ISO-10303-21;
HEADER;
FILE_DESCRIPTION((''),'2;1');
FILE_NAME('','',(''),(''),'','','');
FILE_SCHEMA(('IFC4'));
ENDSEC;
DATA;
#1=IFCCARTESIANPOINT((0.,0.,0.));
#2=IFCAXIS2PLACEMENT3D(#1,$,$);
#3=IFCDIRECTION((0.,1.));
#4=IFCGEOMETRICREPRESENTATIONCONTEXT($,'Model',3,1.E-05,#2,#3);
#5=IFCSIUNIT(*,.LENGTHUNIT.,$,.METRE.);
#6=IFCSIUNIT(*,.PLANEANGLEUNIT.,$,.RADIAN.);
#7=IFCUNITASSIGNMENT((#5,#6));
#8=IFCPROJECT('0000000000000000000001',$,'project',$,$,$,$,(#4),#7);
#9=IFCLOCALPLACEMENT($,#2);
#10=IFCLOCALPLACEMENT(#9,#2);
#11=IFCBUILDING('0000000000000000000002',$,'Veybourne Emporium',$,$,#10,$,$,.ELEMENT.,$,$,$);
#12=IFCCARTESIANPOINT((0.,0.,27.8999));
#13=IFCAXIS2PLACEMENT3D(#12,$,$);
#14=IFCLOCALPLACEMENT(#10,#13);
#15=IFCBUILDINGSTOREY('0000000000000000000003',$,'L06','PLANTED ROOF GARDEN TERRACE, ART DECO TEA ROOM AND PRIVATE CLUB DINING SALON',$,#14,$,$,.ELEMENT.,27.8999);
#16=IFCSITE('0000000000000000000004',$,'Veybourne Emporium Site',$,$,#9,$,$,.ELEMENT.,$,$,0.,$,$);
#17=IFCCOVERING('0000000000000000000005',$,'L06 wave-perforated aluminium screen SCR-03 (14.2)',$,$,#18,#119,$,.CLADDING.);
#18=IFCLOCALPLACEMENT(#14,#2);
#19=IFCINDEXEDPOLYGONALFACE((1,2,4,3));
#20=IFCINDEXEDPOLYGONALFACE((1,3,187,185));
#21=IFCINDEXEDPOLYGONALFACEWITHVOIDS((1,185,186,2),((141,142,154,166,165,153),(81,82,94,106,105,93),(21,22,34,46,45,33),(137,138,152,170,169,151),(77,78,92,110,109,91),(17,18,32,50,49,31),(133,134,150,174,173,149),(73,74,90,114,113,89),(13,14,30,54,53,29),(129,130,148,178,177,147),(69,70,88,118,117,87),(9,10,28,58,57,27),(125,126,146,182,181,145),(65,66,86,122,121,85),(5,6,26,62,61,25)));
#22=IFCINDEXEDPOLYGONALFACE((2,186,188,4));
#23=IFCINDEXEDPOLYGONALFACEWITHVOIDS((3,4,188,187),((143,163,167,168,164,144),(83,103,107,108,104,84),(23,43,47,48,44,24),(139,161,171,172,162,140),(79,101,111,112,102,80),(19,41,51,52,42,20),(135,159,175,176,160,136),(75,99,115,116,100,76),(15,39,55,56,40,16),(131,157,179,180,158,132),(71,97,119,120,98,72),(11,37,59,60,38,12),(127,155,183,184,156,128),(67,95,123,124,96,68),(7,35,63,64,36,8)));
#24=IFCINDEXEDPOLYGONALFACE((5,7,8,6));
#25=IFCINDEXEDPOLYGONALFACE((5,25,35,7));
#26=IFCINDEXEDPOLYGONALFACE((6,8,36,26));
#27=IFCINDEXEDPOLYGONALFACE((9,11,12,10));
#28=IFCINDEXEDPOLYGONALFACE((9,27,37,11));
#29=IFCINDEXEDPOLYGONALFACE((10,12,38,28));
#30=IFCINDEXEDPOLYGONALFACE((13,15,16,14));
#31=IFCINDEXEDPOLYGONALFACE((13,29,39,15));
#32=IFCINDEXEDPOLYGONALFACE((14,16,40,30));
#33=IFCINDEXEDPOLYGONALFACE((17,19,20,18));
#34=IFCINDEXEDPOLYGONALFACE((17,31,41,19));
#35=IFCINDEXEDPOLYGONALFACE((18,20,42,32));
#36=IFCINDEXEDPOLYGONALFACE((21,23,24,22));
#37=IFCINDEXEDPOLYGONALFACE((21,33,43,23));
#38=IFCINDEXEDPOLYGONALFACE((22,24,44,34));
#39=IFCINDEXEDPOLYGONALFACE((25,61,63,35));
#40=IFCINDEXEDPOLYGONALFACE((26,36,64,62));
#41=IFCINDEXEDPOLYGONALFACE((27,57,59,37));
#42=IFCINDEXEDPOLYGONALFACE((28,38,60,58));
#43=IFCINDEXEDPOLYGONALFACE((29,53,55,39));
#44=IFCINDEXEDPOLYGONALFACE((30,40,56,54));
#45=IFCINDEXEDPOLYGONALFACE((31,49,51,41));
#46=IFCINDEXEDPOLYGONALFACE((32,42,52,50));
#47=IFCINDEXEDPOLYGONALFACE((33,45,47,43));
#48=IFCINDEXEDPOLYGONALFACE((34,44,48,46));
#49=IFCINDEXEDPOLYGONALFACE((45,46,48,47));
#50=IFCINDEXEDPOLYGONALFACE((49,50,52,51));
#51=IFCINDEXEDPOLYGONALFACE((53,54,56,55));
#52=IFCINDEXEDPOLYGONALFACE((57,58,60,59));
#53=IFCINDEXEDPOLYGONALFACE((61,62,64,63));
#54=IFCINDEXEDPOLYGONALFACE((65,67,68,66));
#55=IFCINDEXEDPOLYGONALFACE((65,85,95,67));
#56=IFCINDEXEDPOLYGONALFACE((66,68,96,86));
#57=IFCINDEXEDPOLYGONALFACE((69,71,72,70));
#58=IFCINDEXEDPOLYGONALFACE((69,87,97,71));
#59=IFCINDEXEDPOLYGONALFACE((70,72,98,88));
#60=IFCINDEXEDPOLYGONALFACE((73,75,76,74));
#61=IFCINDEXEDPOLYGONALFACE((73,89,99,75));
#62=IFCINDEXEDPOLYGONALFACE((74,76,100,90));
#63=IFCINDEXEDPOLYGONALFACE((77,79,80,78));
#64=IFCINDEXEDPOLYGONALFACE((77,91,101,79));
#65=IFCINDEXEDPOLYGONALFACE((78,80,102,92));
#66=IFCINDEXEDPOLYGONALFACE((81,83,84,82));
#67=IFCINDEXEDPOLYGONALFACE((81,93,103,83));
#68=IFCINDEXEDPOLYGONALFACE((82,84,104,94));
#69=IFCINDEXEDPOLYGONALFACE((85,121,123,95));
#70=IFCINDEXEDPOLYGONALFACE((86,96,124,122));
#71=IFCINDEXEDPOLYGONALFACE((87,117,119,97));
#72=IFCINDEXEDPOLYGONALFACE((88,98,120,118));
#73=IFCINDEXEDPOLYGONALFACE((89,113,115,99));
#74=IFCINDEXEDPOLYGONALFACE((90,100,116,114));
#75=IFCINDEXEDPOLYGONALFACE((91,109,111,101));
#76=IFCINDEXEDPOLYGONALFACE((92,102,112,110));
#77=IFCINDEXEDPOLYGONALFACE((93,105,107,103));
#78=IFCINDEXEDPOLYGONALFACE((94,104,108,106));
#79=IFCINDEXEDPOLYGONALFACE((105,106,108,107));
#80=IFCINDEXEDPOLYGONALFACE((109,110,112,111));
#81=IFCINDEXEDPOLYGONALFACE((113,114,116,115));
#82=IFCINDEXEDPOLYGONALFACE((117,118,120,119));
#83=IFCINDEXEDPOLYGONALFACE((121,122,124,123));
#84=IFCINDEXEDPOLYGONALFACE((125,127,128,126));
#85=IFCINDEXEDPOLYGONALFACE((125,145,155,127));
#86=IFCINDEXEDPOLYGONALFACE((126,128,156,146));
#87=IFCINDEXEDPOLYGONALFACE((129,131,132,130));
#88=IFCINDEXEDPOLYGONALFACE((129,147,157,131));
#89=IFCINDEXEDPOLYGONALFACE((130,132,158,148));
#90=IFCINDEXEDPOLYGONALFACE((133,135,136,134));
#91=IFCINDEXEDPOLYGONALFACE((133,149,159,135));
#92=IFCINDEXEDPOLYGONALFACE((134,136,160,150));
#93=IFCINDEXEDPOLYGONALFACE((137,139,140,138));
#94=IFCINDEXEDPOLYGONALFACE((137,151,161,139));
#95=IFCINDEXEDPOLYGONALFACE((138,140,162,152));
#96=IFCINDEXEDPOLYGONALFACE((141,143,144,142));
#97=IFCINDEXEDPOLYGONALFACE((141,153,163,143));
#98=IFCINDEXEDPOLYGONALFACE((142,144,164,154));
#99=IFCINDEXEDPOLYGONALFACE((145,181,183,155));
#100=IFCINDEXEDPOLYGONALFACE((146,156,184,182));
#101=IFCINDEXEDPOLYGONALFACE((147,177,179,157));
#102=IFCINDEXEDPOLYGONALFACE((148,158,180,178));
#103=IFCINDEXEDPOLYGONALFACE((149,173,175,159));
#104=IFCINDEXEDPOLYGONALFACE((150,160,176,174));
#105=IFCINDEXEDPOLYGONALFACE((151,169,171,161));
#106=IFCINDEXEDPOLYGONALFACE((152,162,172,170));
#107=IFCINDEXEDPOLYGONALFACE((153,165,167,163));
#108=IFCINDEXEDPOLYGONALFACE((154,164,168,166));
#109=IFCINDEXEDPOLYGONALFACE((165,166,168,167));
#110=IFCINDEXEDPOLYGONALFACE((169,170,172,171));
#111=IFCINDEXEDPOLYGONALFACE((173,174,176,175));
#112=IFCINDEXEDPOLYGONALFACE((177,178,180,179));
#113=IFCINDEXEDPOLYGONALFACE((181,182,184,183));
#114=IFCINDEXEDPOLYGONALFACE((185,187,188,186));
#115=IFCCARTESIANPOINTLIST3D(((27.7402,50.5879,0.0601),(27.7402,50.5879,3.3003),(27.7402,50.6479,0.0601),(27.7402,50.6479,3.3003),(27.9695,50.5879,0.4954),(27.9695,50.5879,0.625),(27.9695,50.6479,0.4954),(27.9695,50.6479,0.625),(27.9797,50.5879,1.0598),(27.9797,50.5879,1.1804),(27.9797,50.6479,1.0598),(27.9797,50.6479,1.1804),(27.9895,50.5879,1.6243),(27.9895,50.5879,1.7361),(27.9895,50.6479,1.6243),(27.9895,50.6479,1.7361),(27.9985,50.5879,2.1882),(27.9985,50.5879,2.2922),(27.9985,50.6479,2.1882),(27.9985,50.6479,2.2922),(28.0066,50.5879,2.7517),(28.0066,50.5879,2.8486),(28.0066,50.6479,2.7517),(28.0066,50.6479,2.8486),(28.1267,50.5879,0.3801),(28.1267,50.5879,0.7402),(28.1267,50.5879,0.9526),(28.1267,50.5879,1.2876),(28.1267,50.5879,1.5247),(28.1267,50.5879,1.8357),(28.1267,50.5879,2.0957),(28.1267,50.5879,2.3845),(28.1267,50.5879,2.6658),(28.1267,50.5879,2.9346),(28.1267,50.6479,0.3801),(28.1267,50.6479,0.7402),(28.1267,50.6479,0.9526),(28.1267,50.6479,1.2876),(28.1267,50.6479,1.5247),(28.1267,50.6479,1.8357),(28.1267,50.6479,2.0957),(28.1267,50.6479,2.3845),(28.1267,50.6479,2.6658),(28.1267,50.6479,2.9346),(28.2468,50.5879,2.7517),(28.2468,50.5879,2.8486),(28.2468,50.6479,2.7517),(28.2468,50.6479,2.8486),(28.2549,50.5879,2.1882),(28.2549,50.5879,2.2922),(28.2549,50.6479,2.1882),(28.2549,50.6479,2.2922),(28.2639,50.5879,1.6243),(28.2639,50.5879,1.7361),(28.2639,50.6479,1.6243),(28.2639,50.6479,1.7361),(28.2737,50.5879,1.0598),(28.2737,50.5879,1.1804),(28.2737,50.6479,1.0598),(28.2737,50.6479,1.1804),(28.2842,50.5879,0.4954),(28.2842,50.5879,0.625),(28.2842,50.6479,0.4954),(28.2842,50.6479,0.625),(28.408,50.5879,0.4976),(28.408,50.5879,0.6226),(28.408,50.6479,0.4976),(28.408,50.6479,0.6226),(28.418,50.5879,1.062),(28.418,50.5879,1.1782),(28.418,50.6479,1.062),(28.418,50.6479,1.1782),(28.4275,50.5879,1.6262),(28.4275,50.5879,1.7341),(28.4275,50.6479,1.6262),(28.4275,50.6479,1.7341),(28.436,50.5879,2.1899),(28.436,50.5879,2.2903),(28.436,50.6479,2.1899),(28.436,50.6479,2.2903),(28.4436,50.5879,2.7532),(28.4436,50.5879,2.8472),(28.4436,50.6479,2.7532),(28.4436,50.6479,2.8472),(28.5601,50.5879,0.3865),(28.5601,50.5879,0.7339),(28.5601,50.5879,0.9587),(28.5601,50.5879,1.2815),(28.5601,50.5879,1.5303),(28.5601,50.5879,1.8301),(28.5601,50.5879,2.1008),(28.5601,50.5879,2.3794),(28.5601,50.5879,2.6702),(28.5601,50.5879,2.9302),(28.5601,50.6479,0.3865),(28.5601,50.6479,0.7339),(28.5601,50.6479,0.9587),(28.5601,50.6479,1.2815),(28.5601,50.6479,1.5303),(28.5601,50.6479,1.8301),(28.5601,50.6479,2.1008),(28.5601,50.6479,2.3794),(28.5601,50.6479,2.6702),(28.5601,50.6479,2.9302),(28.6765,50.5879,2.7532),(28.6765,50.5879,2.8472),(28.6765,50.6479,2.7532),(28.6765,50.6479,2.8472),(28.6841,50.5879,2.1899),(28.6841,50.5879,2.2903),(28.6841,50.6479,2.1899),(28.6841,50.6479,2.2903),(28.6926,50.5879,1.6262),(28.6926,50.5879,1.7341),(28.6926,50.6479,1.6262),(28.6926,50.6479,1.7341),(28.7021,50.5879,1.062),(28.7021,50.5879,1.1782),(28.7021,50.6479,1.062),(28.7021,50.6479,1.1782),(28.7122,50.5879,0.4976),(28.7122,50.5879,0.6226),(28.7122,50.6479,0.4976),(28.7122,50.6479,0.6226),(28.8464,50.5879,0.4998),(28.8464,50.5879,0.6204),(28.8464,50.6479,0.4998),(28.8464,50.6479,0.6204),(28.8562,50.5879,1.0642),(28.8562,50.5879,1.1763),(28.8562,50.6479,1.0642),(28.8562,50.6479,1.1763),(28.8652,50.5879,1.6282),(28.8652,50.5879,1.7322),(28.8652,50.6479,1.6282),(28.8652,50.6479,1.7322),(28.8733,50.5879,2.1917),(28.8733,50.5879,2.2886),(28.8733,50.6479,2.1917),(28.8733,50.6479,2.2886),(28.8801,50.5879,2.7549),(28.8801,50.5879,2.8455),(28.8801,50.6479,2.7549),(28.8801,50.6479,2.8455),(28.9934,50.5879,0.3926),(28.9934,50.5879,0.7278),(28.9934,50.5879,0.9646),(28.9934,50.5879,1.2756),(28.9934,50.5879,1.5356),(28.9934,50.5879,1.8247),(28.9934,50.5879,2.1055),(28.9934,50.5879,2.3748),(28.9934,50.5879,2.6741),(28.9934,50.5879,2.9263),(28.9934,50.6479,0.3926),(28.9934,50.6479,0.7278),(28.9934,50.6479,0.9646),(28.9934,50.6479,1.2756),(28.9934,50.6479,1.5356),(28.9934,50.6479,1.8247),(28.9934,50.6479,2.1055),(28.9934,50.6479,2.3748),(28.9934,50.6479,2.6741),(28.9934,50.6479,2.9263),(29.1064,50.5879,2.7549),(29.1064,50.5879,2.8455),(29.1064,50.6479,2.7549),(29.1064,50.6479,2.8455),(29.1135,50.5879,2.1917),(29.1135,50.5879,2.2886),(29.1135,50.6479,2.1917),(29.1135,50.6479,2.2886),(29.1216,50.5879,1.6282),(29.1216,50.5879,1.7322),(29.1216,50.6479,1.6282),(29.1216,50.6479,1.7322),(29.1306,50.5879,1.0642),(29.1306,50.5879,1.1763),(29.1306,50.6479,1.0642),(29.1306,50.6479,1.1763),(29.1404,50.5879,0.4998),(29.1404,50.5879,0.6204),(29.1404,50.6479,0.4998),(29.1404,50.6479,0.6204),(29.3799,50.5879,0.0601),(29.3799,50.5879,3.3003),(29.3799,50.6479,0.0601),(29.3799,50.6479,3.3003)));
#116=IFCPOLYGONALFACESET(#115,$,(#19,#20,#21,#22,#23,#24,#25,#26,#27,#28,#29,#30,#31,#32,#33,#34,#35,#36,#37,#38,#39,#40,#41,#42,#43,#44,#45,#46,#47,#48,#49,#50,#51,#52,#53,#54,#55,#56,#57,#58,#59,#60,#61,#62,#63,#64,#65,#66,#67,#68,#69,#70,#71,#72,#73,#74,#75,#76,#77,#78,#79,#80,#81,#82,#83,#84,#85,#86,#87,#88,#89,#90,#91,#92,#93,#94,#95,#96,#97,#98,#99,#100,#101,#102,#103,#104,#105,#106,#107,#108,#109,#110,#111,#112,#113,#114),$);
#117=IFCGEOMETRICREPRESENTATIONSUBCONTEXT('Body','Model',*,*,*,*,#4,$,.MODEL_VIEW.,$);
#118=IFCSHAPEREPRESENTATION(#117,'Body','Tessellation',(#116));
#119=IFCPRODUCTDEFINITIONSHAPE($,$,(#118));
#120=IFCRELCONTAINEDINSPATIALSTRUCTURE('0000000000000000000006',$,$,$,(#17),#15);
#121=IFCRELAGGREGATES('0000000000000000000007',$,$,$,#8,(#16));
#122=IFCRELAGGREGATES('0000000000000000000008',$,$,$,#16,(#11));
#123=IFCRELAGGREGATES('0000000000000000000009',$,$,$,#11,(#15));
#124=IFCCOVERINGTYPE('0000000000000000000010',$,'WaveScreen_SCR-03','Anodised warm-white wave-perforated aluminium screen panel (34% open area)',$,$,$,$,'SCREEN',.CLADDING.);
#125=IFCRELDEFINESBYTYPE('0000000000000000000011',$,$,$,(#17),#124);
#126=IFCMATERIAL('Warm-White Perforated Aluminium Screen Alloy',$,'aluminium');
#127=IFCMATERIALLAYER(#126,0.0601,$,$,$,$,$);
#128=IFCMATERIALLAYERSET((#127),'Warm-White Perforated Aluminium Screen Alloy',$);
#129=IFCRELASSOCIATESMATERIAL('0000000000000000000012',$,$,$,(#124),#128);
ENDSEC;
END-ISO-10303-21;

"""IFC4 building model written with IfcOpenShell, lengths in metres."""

from ifc_helpers import new_model, si_unit, direction, frame, origin, place, context, subcontext, project, spatial, polyline, outline, extrude, material, layer, layer_set, type_object, element, save


model = new_model("IFC4")

# Units and contexts
model_context = context("Model", 3, precision=1e-05, world=origin(), true_north=direction((0.0, 1.0)))
body_context = subcontext(model_context, "Body", "Model", "MODEL_VIEW")
ifc_project = project(units=[si_unit("LENGTHUNIT", "METRE"), si_unit("PLANEANGLEUNIT", "RADIAN")], contexts=[model_context])

# Site, building, storey
site_placement = place(None, origin())
site = spatial("IfcSite", under=ifc_project, at=site_placement, Name="Veybourne Emporium Site", CompositionType="ELEMENT", RefElevation=0.0)
building_placement = place(site_placement, origin())
building = spatial("IfcBuilding", under=site, at=building_placement, Name="Veybourne Emporium", CompositionType="ELEMENT")
storey_placement = place(building_placement, frame((0.0, 0.0, 27.8999)))
storey = spatial("IfcBuildingStorey", under=building, at=storey_placement, Name="L06", Description="PLANTED ROOF GARDEN TERRACE, ART DECO TEA ROOM AND PRIVATE CLUB DINING SALON", CompositionType="ELEMENT", Elevation=27.8999)

# Covering
ifc_material_1 = material(Name="Warm-White Perforated Aluminium Screen Alloy", Category="aluminium")
ifc_layer_1 = layer(ifc_material_1, 0.0601)
ifc_layer_set_1 = layer_set([ifc_layer_1], Name="Warm-White Perforated Aluminium Screen Alloy")
covering_type_1 = type_object("IfcCoveringType", Name="WaveScreen_SCR-03", Description="Anodised warm-white wave-perforated aluminium screen panel (34% open area)", ElementType="SCREEN", PredefinedType="CLADDING", material=ifc_layer_set_1)
covering_1_placement = place(storey_placement, frame((28.5601, 50.6479, 1.6802), z_axis=(0.0, -1.0, 0.0), x_axis=(1.0, 0.0, 0.0)))
element("IfcCovering", 1, at=covering_1_placement, inside=storey, type_object=covering_type_1, Name="L06 wave-perforated aluminium screen SCR-03 (14.2)", PredefinedType="CLADDING", context=body_context, shape_type="SweptSolid", body=[
    extrude(outline(polyline([(-0.8198, -1.6201), (0.8198, -1.6201), (0.8198, 1.6201), (-0.8198, 1.6201), (-0.8198, -1.6201)]), holes=[polyline([(-0.4333, -0.9399), (-0.2759, -1.0552), (-0.2759, -1.1848), (-0.4333, -1.3), (-0.5906, -1.1848), (-0.5906, -1.0552), (-0.4333, -0.9399)]), polyline([(-0.4333, -0.3926), (-0.2864, -0.4998), (-0.2864, -0.6204), (-0.4333, -0.7275), (-0.5803, -0.6204), (-0.5803, -0.4998), (-0.4333, -0.3926)]), polyline([(-0.4333, 0.1555), (-0.2961, 0.0559), (-0.2961, -0.0559), (-0.4333, -0.1555), (-0.5706, -0.0559), (-0.5706, 0.0559), (-0.4333, 0.1555)]), polyline([(-0.4333, 0.7043), (-0.3052, 0.6121), (-0.3052, 0.5081), (-0.4333, 0.4155), (-0.5615, 0.5081), (-0.5615, 0.6121), (-0.4333, 0.7043)]), polyline([(-0.4333, 1.2544), (-0.3132, 1.1685), (-0.3132, 1.0715), (-0.4333, 0.9856), (-0.5535, 1.0715), (-0.5535, 1.1685), (-0.4333, 1.2544)]), polyline([(0.0, -0.9463), (0.1521, -1.0576), (0.1521, -1.1826), (0.0, -1.2937), (-0.1521, -1.1826), (-0.1521, -1.0576), (0.0, -0.9463)]), polyline([(0.0, -0.3987), (0.1421, -0.502), (0.1421, -0.6182), (0.0, -0.7214), (-0.1421, -0.6182), (-0.1421, -0.502), (0.0, -0.3987)]), polyline([(0.0, 0.1499), (0.1326, 0.054), (0.1326, -0.054), (0.0, -0.1499), (-0.1326, -0.054), (-0.1326, 0.054), (0.0, 0.1499)]), polyline([(0.0, 0.6992), (0.124, 0.6101), (0.124, 0.5098), (0.0, 0.4207), (-0.124, 0.5098), (-0.124, 0.6101), (0.0, 0.6992)]), polyline([(0.0, 1.25), (0.1165, 1.167), (0.1165, 1.073), (0.0, 0.99), (-0.1165, 1.073), (-0.1165, 1.167), (0.0, 1.25)]), polyline([(0.4333, -0.9524), (0.5803, -1.0598), (0.5803, -1.1804), (0.4333, -1.2876), (0.2864, -1.1804), (0.2864, -1.0598), (0.4333, -0.9524)]), polyline([(0.4333, -0.4045), (0.5706, -0.5039), (0.5706, -0.616), (0.4333, -0.7156), (0.2961, -0.616), (0.2961, -0.5039), (0.4333, -0.4045)]), polyline([(0.4333, 0.1445), (0.5615, 0.052), (0.5615, -0.052), (0.4333, -0.1445), (0.3052, -0.052), (0.3052, 0.052), (0.4333, 0.1445)]), polyline([(0.4333, 0.6946), (0.5535, 0.6084), (0.5535, 0.5115), (0.4333, 0.4253), (0.3132, 0.5115), (0.3132, 0.6084), (0.4333, 0.6946)]), polyline([(0.4333, 1.2461), (0.5464, 1.1653), (0.5464, 1.0747), (0.4333, 0.9939), (0.3201, 1.0747), (0.3201, 1.1653), (0.4333, 1.2461)])]), origin(), (0.0, 0.0, 1.0), 0.0601),
])

save(model, "model.ifc")
